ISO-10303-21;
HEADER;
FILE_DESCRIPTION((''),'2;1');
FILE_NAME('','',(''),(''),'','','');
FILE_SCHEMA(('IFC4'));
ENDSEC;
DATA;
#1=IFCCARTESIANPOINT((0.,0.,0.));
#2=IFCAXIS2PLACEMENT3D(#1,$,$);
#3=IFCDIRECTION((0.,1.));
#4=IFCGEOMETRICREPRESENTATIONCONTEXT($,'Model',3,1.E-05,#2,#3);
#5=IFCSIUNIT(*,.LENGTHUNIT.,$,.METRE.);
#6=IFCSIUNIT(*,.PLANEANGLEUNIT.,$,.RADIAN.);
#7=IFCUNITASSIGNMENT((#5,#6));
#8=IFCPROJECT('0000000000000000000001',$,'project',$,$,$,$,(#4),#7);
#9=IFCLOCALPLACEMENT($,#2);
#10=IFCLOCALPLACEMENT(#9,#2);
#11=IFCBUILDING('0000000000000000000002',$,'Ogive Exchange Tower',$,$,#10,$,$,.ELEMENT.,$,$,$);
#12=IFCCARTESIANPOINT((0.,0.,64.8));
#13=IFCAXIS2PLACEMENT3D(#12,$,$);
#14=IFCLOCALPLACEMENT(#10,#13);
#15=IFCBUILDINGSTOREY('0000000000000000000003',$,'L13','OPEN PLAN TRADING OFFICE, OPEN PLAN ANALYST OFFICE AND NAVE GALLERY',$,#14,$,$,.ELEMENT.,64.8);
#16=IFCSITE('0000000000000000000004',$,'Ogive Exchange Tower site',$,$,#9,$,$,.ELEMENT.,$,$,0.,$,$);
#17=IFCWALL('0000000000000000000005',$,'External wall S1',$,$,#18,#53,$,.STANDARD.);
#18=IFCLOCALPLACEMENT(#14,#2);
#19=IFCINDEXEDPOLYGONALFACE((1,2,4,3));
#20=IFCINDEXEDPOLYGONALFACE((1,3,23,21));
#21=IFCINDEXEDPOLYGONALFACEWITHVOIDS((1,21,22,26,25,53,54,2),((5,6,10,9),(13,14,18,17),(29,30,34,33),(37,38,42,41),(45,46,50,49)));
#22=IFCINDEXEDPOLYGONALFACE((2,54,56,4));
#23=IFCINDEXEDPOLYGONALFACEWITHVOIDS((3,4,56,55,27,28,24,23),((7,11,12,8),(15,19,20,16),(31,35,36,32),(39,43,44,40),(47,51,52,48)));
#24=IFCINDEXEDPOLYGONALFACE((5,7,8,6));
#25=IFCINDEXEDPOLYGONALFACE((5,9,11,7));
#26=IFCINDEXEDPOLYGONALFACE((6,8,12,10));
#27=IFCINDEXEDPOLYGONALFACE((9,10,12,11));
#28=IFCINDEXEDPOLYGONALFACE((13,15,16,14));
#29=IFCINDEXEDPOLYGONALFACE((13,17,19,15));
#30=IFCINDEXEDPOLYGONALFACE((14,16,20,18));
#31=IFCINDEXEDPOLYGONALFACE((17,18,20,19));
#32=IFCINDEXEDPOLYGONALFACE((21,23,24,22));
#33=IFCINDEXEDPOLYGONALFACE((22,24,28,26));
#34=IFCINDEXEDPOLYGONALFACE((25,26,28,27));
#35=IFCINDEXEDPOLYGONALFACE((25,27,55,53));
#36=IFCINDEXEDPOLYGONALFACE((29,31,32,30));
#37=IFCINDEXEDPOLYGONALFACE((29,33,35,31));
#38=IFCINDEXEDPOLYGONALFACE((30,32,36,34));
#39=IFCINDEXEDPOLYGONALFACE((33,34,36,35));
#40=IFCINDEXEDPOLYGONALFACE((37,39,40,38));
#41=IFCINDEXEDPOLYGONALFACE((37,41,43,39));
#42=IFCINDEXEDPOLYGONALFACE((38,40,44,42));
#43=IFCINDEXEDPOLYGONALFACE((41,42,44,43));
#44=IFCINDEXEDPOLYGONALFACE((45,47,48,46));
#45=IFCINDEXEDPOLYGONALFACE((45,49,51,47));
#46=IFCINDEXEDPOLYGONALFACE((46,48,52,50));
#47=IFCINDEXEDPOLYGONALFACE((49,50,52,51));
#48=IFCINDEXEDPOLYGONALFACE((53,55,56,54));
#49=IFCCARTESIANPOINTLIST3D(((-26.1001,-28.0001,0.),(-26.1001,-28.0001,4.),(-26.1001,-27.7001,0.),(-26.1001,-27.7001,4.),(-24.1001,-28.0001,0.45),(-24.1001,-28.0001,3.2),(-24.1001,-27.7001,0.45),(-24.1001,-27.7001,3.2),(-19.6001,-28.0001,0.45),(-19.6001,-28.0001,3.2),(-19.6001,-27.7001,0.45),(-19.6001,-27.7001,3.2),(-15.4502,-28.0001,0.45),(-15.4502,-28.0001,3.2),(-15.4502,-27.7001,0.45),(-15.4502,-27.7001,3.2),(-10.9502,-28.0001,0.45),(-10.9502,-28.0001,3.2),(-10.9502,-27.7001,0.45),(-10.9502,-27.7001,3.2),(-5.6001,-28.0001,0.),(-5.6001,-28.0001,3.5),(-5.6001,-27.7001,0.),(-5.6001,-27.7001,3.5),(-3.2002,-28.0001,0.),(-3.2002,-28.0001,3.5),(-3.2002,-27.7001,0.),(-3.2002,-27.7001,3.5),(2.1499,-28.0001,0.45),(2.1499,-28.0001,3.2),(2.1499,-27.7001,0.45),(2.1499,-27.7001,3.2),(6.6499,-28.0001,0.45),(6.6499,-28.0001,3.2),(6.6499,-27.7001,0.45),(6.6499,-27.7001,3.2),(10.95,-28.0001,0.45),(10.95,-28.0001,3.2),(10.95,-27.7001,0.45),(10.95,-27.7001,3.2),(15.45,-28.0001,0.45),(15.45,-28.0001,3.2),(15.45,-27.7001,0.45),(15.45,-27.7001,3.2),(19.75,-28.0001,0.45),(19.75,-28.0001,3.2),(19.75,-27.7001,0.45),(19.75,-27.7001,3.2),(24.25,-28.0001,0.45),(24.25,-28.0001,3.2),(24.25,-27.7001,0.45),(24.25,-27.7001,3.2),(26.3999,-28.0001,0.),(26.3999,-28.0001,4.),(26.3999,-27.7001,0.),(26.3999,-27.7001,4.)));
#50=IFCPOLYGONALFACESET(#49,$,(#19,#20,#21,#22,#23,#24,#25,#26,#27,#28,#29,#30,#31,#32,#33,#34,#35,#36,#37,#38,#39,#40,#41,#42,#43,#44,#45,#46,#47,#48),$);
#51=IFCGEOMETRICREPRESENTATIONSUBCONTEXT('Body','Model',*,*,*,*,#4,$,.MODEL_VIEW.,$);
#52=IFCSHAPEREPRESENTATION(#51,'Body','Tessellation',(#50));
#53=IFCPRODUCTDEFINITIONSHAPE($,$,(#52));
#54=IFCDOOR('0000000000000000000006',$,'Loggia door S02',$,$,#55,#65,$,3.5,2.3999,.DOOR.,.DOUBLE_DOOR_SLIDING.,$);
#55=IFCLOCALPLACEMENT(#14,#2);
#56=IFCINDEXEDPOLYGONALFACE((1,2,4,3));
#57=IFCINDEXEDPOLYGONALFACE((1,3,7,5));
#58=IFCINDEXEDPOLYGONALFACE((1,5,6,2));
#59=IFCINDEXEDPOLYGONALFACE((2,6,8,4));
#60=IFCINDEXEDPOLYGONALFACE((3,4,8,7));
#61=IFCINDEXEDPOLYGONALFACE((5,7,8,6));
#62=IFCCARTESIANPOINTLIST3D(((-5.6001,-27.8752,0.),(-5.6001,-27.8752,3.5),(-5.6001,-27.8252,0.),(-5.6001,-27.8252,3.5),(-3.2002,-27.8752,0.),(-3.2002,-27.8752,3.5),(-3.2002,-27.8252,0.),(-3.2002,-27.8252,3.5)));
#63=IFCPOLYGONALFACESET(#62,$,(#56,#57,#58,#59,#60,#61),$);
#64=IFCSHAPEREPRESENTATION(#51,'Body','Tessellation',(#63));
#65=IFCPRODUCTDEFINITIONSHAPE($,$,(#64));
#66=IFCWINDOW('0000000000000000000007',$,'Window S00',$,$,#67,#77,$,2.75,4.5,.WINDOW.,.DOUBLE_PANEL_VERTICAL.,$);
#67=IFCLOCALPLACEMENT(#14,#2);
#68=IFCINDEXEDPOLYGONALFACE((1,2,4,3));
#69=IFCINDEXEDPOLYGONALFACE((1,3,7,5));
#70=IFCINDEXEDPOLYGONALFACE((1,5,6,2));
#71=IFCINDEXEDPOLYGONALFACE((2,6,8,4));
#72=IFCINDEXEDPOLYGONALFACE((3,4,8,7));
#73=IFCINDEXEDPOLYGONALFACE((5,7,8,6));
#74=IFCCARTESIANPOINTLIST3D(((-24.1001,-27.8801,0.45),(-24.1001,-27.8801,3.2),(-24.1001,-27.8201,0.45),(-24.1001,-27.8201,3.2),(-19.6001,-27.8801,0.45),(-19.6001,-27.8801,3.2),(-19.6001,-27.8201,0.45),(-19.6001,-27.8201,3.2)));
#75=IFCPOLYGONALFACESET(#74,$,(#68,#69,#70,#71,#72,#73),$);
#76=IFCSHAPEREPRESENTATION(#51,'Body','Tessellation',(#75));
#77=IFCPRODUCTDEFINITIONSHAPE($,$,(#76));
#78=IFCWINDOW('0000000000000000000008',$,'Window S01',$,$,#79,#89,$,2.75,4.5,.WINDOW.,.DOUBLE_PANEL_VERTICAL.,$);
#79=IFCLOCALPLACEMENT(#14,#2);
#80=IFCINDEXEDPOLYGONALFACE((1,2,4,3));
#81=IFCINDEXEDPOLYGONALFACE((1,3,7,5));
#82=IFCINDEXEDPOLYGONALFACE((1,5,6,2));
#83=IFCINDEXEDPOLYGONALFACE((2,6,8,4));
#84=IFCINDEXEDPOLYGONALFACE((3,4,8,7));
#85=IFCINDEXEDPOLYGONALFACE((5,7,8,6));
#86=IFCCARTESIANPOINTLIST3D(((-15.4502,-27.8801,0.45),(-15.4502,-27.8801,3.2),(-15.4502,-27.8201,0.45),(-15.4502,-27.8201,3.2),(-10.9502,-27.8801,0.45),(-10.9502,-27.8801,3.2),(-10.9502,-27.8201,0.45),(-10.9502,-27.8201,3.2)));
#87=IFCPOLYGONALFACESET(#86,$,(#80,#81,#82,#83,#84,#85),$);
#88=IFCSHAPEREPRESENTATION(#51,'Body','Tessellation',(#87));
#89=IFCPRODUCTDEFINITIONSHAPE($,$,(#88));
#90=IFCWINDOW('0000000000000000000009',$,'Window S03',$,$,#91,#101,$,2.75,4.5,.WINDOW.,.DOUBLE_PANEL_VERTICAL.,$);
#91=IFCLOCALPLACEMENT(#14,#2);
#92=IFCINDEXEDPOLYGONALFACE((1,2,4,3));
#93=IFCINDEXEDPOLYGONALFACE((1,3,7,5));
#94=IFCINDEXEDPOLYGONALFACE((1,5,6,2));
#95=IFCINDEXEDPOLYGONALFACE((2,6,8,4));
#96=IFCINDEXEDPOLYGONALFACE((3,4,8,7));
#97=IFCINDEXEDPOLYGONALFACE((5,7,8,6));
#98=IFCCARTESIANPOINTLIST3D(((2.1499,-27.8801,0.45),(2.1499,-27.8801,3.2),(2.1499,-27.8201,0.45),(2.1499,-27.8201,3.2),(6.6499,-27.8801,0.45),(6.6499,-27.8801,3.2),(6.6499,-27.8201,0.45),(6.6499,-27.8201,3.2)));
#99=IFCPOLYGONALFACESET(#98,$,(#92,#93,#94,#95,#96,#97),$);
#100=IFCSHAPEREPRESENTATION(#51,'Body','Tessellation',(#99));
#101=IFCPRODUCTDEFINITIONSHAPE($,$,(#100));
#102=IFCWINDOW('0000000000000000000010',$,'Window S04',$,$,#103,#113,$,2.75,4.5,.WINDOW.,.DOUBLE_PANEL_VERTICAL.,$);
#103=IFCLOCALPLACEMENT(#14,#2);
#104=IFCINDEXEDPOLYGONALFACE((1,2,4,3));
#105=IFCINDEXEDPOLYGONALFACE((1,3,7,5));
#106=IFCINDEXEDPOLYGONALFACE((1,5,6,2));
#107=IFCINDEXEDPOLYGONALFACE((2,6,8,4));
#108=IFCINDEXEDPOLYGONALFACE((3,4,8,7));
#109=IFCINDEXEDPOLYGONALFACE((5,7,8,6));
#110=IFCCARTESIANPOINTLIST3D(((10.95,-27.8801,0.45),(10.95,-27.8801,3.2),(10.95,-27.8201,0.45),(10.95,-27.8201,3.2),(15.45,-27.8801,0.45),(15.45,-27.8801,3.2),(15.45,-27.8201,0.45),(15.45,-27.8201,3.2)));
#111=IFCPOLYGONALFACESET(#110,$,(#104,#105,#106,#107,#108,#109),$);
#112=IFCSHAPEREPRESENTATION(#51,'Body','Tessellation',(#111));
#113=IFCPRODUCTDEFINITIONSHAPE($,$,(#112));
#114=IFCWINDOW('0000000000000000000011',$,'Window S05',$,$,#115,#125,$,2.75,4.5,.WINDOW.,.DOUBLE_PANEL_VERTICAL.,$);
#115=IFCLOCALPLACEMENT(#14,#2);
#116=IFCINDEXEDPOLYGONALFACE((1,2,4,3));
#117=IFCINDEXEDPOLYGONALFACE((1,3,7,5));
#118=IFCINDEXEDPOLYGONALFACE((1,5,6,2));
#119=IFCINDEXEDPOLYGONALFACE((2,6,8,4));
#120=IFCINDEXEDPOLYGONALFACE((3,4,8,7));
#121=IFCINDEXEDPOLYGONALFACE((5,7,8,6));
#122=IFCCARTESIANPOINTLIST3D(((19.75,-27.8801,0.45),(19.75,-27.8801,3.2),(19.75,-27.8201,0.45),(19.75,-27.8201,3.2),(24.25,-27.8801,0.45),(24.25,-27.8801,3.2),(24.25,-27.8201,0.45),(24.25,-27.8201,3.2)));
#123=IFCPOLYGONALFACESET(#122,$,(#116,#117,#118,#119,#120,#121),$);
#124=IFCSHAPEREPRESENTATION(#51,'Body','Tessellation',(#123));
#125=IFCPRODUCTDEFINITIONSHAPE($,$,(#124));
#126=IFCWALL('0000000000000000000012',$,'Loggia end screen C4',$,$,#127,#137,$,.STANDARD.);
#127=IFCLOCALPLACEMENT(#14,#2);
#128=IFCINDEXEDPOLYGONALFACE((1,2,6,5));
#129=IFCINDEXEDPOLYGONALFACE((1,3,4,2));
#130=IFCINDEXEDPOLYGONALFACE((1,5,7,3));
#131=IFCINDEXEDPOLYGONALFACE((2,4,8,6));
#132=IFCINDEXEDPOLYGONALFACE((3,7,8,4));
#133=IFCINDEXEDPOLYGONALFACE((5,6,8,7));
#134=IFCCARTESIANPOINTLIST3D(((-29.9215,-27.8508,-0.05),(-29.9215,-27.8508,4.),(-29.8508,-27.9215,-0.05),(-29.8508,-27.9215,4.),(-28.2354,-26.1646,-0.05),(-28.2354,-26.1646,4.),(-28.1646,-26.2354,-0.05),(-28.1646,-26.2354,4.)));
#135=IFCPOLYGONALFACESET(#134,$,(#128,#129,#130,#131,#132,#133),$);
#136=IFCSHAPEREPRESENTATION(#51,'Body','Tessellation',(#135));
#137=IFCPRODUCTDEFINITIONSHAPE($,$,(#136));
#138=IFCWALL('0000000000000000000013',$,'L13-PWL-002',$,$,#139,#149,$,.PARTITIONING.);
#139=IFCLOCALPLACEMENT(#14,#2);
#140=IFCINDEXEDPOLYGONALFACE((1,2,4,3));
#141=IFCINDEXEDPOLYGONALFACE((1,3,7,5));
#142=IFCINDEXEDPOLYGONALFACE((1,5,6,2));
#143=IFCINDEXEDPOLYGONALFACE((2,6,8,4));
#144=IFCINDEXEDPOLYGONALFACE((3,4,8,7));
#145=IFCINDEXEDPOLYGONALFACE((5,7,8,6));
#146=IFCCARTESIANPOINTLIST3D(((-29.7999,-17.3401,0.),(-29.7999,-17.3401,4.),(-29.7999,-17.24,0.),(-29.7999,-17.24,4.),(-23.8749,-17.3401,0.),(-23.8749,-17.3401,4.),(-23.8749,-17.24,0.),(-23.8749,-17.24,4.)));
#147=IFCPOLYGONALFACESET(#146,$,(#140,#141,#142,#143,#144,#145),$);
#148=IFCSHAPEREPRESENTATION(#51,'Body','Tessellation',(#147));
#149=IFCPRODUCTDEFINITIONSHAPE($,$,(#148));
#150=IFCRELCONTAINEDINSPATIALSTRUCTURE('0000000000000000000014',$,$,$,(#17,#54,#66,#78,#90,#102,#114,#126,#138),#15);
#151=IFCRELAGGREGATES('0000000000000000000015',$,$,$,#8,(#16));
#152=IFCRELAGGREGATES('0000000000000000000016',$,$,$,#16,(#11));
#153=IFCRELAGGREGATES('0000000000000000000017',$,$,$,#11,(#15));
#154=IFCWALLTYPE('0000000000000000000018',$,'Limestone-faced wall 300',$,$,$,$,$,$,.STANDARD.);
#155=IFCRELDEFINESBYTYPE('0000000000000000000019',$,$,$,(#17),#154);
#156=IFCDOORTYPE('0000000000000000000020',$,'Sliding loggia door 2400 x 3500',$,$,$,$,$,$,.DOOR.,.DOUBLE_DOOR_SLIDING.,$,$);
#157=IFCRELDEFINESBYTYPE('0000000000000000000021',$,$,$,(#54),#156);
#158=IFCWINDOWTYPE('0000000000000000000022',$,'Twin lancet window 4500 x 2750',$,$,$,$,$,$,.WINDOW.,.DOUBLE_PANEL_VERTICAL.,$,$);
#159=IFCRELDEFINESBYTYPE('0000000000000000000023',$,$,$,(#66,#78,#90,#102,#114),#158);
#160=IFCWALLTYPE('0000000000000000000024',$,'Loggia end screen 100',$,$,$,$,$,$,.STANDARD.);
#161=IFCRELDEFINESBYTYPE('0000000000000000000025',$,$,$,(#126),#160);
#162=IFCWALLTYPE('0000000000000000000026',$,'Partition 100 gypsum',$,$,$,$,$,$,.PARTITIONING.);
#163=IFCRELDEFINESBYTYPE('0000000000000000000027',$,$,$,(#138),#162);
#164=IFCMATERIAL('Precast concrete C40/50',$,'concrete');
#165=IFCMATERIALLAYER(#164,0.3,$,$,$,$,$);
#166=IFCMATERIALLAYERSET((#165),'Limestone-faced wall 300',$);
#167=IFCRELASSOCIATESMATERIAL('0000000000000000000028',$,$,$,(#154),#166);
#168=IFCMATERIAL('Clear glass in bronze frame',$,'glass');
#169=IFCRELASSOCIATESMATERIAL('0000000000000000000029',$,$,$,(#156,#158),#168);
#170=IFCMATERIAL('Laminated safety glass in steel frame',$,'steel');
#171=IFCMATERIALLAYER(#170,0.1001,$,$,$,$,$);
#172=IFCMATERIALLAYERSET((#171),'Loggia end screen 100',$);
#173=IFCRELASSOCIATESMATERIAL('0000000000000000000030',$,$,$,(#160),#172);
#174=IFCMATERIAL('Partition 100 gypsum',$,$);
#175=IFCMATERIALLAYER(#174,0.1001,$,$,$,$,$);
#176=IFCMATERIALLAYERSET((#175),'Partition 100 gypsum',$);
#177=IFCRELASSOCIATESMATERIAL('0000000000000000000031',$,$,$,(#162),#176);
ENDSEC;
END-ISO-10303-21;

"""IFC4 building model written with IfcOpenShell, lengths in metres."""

from ifc_helpers import new_model, si_unit, direction, frame, frame_2d, origin, place, context, subcontext, project, spatial, rectangle, extrude, material, layer, layer_set, type_object, element, fill, save


model = new_model("IFC4")

# Units and contexts
model_context = context("Model", 3, precision=1e-05, world=origin(), true_north=direction((0.0, 1.0)))
body_context = subcontext(model_context, "Body", "Model", "MODEL_VIEW")
ifc_project = project(units=[si_unit("LENGTHUNIT", "METRE"), si_unit("PLANEANGLEUNIT", "RADIAN")], contexts=[model_context])

# Site, building, storey
site_placement = place(None, origin())
site = spatial("IfcSite", under=ifc_project, at=site_placement, Name="Ogive Exchange Tower site", CompositionType="ELEMENT", RefElevation=0.0)
building_placement = place(site_placement, origin())
building = spatial("IfcBuilding", under=site, at=building_placement, Name="Ogive Exchange Tower", CompositionType="ELEMENT")
storey_placement = place(building_placement, frame((0.0, 0.0, 64.8)))
storey = spatial("IfcBuildingStorey", under=building, at=storey_placement, Name="L13", Description="OPEN PLAN TRADING OFFICE, OPEN PLAN ANALYST OFFICE AND NAVE GALLERY", CompositionType="ELEMENT", Elevation=64.8)

# Wall, openings, door, windows
ifc_material_1 = material(Name="Precast concrete C40/50", Category="concrete")
ifc_layer_1 = layer(ifc_material_1, 0.3)
ifc_layer_set_1 = layer_set([ifc_layer_1], Name="Limestone-faced wall 300")
wall_type_1 = type_object("IfcWallType", Name="Limestone-faced wall 300", PredefinedType="STANDARD", material=ifc_layer_set_1)
wall_1_placement = place(storey_placement, frame((-26.1001, -27.8501, 0.0), z_axis=(0.0, 0.0, 1.0), x_axis=(1.0, 0.0, 0.0)))
wall_1 = element("IfcWall", 1, at=wall_1_placement, inside=storey, type_object=wall_type_1, Name="External wall S1", PredefinedType="STANDARD", context=body_context, shape_type="SweptSolid", body=[
    extrude(rectangle(XDim=52.5, YDim=0.3, at=frame_2d((26.25, 0.0))), origin(), (0.0, 0.0, 1.0), 4.0),
])
opening_1_placement = place(wall_1_placement, frame((2.0, 0.0, 0.45)))
opening_1 = element("IfcOpeningElement", 2, at=opening_1_placement, cuts=wall_1, PredefinedType="OPENING", context=body_context, shape_type="SweptSolid", body=[
    extrude(rectangle(XDim=4.5, YDim=2.75, at=frame_2d((2.25, 1.375))), frame((0.0, 0.1599, 0.0), z_axis=(0.0, -1.0, 0.0), x_axis=(1.0, 0.0, 0.0)), (0.0, 0.0, 1.0), 0.3201),
])
opening_2_placement = place(wall_1_placement, frame((10.6499, 0.0, 0.45)))
opening_2 = element("IfcOpeningElement", 3, at=opening_2_placement, cuts=wall_1, PredefinedType="OPENING", context=body_context, shape_type="SweptSolid", body=[
    extrude(rectangle(XDim=4.5, YDim=2.75, at=frame_2d((2.25, 1.375))), frame((0.0, 0.1599, 0.0), z_axis=(0.0, -1.0, 0.0), x_axis=(1.0, 0.0, 0.0)), (0.0, 0.0, 1.0), 0.3201),
])
opening_3_placement = place(wall_1_placement, frame((20.5, 0.0, 0.0)))
opening_3 = element("IfcOpeningElement", 4, at=opening_3_placement, cuts=wall_1, PredefinedType="OPENING", context=body_context, shape_type="SweptSolid", body=[
    extrude(rectangle(XDim=2.3999, YDim=3.5, at=frame_2d((1.2, 1.75))), frame((0.0, 0.1599, 0.0), z_axis=(0.0, -1.0, 0.0), x_axis=(1.0, 0.0, 0.0)), (0.0, 0.0, 1.0), 0.3201),
])
opening_4_placement = place(wall_1_placement, frame((28.25, 0.0, 0.45)))
opening_4 = element("IfcOpeningElement", 5, at=opening_4_placement, cuts=wall_1, PredefinedType="OPENING", context=body_context, shape_type="SweptSolid", body=[
    extrude(rectangle(XDim=4.5, YDim=2.75, at=frame_2d((2.25, 1.375))), frame((0.0, 0.1599, 0.0), z_axis=(0.0, -1.0, 0.0), x_axis=(1.0, 0.0, 0.0)), (0.0, 0.0, 1.0), 0.3201),
])
opening_5_placement = place(wall_1_placement, frame((37.05, 0.0, 0.45)))
opening_5 = element("IfcOpeningElement", 6, at=opening_5_placement, cuts=wall_1, PredefinedType="OPENING", context=body_context, shape_type="SweptSolid", body=[
    extrude(rectangle(XDim=4.5, YDim=2.75, at=frame_2d((2.25, 1.375))), frame((0.0, 0.1599, 0.0), z_axis=(0.0, -1.0, 0.0), x_axis=(1.0, 0.0, 0.0)), (0.0, 0.0, 1.0), 0.3201),
])
opening_6_placement = place(wall_1_placement, frame((45.8501, 0.0, 0.45)))
opening_6 = element("IfcOpeningElement", 7, at=opening_6_placement, cuts=wall_1, PredefinedType="OPENING", context=body_context, shape_type="SweptSolid", body=[
    extrude(rectangle(XDim=4.5, YDim=2.75, at=frame_2d((2.25, 1.375))), frame((0.0, 0.1599, 0.0), z_axis=(0.0, -1.0, 0.0), x_axis=(1.0, 0.0, 0.0)), (0.0, 0.0, 1.0), 0.3201),
])
ifc_material_2 = material(Name="Clear glass in bronze frame", Category="glass")
door_type_1 = type_object("IfcDoorType", Name="Sliding loggia door 2400 x 3500", OperationType="DOUBLE_DOOR_SLIDING", PredefinedType="DOOR", material=ifc_material_2)
door_1_placement = place(opening_3_placement, origin())
door_1 = element("IfcDoor", 8, at=door_1_placement, inside=storey, type_object=door_type_1, Name="Loggia door S02", OperationType="DOUBLE_DOOR_SLIDING", OverallHeight=3.5, OverallWidth=2.3999, PredefinedType="DOOR", context=body_context, shape_type="SweptSolid", body=[
    extrude(rectangle(XDim=2.3999, YDim=3.5, at=frame_2d((1.2, 1.75))), frame((0.0, 0.0249, 0.0), z_axis=(0.0, -1.0, 0.0), x_axis=(1.0, 0.0, 0.0)), (0.0, 0.0, 1.0), 0.05),
])
fill(opening_3, door_1)
window_type = type_object("IfcWindowType", Name="Twin lancet window 4500 x 2750", PartitioningType="DOUBLE_PANEL_VERTICAL", PredefinedType="WINDOW", material=ifc_material_2)
window_1_placement = place(opening_1_placement, origin())
window_1 = element("IfcWindow", 9, at=window_1_placement, inside=storey, type_object=window_type, Name="Window S00", OverallHeight=2.75, OverallWidth=4.5, PartitioningType="DOUBLE_PANEL_VERTICAL", PredefinedType="WINDOW", context=body_context, shape_type="SweptSolid", body=[
    extrude(rectangle(XDim=4.5, YDim=2.75, at=frame_2d((2.25, 1.375))), frame((0.0, 0.03, 0.0), z_axis=(0.0, -1.0, 0.0), x_axis=(1.0, 0.0, 0.0)), (0.0, 0.0, 1.0), 0.0601),
])
fill(opening_1, window_1)
window_2_placement = place(opening_2_placement, origin())
window_2 = element("IfcWindow", 10, at=window_2_placement, inside=storey, type_object=window_type, Name="Window S01", OverallHeight=2.75, OverallWidth=4.5, PartitioningType="DOUBLE_PANEL_VERTICAL", PredefinedType="WINDOW", context=body_context, shape_type="SweptSolid", body=[
    extrude(rectangle(XDim=4.5, YDim=2.75, at=frame_2d((2.25, 1.375))), frame((0.0, 0.03, 0.0), z_axis=(0.0, -1.0, 0.0), x_axis=(1.0, 0.0, 0.0)), (0.0, 0.0, 1.0), 0.0601),
])
fill(opening_2, window_2)
window_3_placement = place(opening_4_placement, origin())
window_3 = element("IfcWindow", 11, at=window_3_placement, inside=storey, type_object=window_type, Name="Window S03", OverallHeight=2.75, OverallWidth=4.5, PartitioningType="DOUBLE_PANEL_VERTICAL", PredefinedType="WINDOW", context=body_context, shape_type="SweptSolid", body=[
    extrude(rectangle(XDim=4.5, YDim=2.75, at=frame_2d((2.25, 1.375))), frame((0.0, 0.03, 0.0), z_axis=(0.0, -1.0, 0.0), x_axis=(1.0, 0.0, 0.0)), (0.0, 0.0, 1.0), 0.0601),
])
fill(opening_4, window_3)
window_4_placement = place(opening_5_placement, origin())
window_4 = element("IfcWindow", 12, at=window_4_placement, inside=storey, type_object=window_type, Name="Window S04", OverallHeight=2.75, OverallWidth=4.5, PartitioningType="DOUBLE_PANEL_VERTICAL", PredefinedType="WINDOW", context=body_context, shape_type="SweptSolid", body=[
    extrude(rectangle(XDim=4.5, YDim=2.75, at=frame_2d((2.25, 1.375))), frame((0.0, 0.03, 0.0), z_axis=(0.0, -1.0, 0.0), x_axis=(1.0, 0.0, 0.0)), (0.0, 0.0, 1.0), 0.0601),
])
fill(opening_5, window_4)
window_5_placement = place(opening_6_placement, origin())
window_5 = element("IfcWindow", 13, at=window_5_placement, inside=storey, type_object=window_type, Name="Window S05", OverallHeight=2.75, OverallWidth=4.5, PartitioningType="DOUBLE_PANEL_VERTICAL", PredefinedType="WINDOW", context=body_context, shape_type="SweptSolid", body=[
    extrude(rectangle(XDim=4.5, YDim=2.75, at=frame_2d((2.25, 1.375))), frame((0.0, 0.03, 0.0), z_axis=(0.0, -1.0, 0.0), x_axis=(1.0, 0.0, 0.0)), (0.0, 0.0, 1.0), 0.0601),
])
fill(opening_6, window_5)

# Walls
ifc_material_3 = material(Name="Laminated safety glass in steel frame", Category="steel")
ifc_layer_2 = layer(ifc_material_3, 0.1001)
ifc_layer_set_2 = layer_set([ifc_layer_2], Name="Loggia end screen 100")
wall_type_2 = type_object("IfcWallType", Name="Loggia end screen 100", PredefinedType="STANDARD", material=ifc_layer_set_2)
wall_2_placement = place(storey_placement, frame((-28.2, -26.2, -0.05), z_axis=(0.0, 0.0, 1.0), x_axis=(-0.707107, -0.707107, 0.0)))
element("IfcWall", 14, at=wall_2_placement, inside=storey, type_object=wall_type_2, Name="Loggia end screen C4", PredefinedType="STANDARD", context=body_context, shape_type="SweptSolid", body=[
    extrude(rectangle(XDim=2.3845, YDim=0.1001, at=frame_2d((1.1924, 0.0))), origin(), (0.0, 0.0, 1.0), 4.05),
])
ifc_material_4 = material(Name="Partition 100 gypsum")
ifc_layer_3 = layer(ifc_material_4, 0.1001)
ifc_layer_set_3 = layer_set([ifc_layer_3], Name="Partition 100 gypsum")
wall_type_3 = type_object("IfcWallType", Name="Partition 100 gypsum", PredefinedType="PARTITIONING", material=ifc_layer_set_3)
wall_3_placement = place(storey_placement, frame((-23.875, -17.29, 0.0), z_axis=(0.0, 0.0, 1.0), x_axis=(-1.0, 0.0, 0.0)))
element("IfcWall", 15, at=wall_3_placement, inside=storey, type_object=wall_type_3, Name="L13-PWL-002", PredefinedType="PARTITIONING", context=body_context, shape_type="SweptSolid", body=[
    extrude(rectangle(XDim=5.925, YDim=0.1001, at=frame_2d((2.9624, 0.0))), origin(), (0.0, 0.0, 1.0), 4.0),
])

save(model, "model.ifc")
